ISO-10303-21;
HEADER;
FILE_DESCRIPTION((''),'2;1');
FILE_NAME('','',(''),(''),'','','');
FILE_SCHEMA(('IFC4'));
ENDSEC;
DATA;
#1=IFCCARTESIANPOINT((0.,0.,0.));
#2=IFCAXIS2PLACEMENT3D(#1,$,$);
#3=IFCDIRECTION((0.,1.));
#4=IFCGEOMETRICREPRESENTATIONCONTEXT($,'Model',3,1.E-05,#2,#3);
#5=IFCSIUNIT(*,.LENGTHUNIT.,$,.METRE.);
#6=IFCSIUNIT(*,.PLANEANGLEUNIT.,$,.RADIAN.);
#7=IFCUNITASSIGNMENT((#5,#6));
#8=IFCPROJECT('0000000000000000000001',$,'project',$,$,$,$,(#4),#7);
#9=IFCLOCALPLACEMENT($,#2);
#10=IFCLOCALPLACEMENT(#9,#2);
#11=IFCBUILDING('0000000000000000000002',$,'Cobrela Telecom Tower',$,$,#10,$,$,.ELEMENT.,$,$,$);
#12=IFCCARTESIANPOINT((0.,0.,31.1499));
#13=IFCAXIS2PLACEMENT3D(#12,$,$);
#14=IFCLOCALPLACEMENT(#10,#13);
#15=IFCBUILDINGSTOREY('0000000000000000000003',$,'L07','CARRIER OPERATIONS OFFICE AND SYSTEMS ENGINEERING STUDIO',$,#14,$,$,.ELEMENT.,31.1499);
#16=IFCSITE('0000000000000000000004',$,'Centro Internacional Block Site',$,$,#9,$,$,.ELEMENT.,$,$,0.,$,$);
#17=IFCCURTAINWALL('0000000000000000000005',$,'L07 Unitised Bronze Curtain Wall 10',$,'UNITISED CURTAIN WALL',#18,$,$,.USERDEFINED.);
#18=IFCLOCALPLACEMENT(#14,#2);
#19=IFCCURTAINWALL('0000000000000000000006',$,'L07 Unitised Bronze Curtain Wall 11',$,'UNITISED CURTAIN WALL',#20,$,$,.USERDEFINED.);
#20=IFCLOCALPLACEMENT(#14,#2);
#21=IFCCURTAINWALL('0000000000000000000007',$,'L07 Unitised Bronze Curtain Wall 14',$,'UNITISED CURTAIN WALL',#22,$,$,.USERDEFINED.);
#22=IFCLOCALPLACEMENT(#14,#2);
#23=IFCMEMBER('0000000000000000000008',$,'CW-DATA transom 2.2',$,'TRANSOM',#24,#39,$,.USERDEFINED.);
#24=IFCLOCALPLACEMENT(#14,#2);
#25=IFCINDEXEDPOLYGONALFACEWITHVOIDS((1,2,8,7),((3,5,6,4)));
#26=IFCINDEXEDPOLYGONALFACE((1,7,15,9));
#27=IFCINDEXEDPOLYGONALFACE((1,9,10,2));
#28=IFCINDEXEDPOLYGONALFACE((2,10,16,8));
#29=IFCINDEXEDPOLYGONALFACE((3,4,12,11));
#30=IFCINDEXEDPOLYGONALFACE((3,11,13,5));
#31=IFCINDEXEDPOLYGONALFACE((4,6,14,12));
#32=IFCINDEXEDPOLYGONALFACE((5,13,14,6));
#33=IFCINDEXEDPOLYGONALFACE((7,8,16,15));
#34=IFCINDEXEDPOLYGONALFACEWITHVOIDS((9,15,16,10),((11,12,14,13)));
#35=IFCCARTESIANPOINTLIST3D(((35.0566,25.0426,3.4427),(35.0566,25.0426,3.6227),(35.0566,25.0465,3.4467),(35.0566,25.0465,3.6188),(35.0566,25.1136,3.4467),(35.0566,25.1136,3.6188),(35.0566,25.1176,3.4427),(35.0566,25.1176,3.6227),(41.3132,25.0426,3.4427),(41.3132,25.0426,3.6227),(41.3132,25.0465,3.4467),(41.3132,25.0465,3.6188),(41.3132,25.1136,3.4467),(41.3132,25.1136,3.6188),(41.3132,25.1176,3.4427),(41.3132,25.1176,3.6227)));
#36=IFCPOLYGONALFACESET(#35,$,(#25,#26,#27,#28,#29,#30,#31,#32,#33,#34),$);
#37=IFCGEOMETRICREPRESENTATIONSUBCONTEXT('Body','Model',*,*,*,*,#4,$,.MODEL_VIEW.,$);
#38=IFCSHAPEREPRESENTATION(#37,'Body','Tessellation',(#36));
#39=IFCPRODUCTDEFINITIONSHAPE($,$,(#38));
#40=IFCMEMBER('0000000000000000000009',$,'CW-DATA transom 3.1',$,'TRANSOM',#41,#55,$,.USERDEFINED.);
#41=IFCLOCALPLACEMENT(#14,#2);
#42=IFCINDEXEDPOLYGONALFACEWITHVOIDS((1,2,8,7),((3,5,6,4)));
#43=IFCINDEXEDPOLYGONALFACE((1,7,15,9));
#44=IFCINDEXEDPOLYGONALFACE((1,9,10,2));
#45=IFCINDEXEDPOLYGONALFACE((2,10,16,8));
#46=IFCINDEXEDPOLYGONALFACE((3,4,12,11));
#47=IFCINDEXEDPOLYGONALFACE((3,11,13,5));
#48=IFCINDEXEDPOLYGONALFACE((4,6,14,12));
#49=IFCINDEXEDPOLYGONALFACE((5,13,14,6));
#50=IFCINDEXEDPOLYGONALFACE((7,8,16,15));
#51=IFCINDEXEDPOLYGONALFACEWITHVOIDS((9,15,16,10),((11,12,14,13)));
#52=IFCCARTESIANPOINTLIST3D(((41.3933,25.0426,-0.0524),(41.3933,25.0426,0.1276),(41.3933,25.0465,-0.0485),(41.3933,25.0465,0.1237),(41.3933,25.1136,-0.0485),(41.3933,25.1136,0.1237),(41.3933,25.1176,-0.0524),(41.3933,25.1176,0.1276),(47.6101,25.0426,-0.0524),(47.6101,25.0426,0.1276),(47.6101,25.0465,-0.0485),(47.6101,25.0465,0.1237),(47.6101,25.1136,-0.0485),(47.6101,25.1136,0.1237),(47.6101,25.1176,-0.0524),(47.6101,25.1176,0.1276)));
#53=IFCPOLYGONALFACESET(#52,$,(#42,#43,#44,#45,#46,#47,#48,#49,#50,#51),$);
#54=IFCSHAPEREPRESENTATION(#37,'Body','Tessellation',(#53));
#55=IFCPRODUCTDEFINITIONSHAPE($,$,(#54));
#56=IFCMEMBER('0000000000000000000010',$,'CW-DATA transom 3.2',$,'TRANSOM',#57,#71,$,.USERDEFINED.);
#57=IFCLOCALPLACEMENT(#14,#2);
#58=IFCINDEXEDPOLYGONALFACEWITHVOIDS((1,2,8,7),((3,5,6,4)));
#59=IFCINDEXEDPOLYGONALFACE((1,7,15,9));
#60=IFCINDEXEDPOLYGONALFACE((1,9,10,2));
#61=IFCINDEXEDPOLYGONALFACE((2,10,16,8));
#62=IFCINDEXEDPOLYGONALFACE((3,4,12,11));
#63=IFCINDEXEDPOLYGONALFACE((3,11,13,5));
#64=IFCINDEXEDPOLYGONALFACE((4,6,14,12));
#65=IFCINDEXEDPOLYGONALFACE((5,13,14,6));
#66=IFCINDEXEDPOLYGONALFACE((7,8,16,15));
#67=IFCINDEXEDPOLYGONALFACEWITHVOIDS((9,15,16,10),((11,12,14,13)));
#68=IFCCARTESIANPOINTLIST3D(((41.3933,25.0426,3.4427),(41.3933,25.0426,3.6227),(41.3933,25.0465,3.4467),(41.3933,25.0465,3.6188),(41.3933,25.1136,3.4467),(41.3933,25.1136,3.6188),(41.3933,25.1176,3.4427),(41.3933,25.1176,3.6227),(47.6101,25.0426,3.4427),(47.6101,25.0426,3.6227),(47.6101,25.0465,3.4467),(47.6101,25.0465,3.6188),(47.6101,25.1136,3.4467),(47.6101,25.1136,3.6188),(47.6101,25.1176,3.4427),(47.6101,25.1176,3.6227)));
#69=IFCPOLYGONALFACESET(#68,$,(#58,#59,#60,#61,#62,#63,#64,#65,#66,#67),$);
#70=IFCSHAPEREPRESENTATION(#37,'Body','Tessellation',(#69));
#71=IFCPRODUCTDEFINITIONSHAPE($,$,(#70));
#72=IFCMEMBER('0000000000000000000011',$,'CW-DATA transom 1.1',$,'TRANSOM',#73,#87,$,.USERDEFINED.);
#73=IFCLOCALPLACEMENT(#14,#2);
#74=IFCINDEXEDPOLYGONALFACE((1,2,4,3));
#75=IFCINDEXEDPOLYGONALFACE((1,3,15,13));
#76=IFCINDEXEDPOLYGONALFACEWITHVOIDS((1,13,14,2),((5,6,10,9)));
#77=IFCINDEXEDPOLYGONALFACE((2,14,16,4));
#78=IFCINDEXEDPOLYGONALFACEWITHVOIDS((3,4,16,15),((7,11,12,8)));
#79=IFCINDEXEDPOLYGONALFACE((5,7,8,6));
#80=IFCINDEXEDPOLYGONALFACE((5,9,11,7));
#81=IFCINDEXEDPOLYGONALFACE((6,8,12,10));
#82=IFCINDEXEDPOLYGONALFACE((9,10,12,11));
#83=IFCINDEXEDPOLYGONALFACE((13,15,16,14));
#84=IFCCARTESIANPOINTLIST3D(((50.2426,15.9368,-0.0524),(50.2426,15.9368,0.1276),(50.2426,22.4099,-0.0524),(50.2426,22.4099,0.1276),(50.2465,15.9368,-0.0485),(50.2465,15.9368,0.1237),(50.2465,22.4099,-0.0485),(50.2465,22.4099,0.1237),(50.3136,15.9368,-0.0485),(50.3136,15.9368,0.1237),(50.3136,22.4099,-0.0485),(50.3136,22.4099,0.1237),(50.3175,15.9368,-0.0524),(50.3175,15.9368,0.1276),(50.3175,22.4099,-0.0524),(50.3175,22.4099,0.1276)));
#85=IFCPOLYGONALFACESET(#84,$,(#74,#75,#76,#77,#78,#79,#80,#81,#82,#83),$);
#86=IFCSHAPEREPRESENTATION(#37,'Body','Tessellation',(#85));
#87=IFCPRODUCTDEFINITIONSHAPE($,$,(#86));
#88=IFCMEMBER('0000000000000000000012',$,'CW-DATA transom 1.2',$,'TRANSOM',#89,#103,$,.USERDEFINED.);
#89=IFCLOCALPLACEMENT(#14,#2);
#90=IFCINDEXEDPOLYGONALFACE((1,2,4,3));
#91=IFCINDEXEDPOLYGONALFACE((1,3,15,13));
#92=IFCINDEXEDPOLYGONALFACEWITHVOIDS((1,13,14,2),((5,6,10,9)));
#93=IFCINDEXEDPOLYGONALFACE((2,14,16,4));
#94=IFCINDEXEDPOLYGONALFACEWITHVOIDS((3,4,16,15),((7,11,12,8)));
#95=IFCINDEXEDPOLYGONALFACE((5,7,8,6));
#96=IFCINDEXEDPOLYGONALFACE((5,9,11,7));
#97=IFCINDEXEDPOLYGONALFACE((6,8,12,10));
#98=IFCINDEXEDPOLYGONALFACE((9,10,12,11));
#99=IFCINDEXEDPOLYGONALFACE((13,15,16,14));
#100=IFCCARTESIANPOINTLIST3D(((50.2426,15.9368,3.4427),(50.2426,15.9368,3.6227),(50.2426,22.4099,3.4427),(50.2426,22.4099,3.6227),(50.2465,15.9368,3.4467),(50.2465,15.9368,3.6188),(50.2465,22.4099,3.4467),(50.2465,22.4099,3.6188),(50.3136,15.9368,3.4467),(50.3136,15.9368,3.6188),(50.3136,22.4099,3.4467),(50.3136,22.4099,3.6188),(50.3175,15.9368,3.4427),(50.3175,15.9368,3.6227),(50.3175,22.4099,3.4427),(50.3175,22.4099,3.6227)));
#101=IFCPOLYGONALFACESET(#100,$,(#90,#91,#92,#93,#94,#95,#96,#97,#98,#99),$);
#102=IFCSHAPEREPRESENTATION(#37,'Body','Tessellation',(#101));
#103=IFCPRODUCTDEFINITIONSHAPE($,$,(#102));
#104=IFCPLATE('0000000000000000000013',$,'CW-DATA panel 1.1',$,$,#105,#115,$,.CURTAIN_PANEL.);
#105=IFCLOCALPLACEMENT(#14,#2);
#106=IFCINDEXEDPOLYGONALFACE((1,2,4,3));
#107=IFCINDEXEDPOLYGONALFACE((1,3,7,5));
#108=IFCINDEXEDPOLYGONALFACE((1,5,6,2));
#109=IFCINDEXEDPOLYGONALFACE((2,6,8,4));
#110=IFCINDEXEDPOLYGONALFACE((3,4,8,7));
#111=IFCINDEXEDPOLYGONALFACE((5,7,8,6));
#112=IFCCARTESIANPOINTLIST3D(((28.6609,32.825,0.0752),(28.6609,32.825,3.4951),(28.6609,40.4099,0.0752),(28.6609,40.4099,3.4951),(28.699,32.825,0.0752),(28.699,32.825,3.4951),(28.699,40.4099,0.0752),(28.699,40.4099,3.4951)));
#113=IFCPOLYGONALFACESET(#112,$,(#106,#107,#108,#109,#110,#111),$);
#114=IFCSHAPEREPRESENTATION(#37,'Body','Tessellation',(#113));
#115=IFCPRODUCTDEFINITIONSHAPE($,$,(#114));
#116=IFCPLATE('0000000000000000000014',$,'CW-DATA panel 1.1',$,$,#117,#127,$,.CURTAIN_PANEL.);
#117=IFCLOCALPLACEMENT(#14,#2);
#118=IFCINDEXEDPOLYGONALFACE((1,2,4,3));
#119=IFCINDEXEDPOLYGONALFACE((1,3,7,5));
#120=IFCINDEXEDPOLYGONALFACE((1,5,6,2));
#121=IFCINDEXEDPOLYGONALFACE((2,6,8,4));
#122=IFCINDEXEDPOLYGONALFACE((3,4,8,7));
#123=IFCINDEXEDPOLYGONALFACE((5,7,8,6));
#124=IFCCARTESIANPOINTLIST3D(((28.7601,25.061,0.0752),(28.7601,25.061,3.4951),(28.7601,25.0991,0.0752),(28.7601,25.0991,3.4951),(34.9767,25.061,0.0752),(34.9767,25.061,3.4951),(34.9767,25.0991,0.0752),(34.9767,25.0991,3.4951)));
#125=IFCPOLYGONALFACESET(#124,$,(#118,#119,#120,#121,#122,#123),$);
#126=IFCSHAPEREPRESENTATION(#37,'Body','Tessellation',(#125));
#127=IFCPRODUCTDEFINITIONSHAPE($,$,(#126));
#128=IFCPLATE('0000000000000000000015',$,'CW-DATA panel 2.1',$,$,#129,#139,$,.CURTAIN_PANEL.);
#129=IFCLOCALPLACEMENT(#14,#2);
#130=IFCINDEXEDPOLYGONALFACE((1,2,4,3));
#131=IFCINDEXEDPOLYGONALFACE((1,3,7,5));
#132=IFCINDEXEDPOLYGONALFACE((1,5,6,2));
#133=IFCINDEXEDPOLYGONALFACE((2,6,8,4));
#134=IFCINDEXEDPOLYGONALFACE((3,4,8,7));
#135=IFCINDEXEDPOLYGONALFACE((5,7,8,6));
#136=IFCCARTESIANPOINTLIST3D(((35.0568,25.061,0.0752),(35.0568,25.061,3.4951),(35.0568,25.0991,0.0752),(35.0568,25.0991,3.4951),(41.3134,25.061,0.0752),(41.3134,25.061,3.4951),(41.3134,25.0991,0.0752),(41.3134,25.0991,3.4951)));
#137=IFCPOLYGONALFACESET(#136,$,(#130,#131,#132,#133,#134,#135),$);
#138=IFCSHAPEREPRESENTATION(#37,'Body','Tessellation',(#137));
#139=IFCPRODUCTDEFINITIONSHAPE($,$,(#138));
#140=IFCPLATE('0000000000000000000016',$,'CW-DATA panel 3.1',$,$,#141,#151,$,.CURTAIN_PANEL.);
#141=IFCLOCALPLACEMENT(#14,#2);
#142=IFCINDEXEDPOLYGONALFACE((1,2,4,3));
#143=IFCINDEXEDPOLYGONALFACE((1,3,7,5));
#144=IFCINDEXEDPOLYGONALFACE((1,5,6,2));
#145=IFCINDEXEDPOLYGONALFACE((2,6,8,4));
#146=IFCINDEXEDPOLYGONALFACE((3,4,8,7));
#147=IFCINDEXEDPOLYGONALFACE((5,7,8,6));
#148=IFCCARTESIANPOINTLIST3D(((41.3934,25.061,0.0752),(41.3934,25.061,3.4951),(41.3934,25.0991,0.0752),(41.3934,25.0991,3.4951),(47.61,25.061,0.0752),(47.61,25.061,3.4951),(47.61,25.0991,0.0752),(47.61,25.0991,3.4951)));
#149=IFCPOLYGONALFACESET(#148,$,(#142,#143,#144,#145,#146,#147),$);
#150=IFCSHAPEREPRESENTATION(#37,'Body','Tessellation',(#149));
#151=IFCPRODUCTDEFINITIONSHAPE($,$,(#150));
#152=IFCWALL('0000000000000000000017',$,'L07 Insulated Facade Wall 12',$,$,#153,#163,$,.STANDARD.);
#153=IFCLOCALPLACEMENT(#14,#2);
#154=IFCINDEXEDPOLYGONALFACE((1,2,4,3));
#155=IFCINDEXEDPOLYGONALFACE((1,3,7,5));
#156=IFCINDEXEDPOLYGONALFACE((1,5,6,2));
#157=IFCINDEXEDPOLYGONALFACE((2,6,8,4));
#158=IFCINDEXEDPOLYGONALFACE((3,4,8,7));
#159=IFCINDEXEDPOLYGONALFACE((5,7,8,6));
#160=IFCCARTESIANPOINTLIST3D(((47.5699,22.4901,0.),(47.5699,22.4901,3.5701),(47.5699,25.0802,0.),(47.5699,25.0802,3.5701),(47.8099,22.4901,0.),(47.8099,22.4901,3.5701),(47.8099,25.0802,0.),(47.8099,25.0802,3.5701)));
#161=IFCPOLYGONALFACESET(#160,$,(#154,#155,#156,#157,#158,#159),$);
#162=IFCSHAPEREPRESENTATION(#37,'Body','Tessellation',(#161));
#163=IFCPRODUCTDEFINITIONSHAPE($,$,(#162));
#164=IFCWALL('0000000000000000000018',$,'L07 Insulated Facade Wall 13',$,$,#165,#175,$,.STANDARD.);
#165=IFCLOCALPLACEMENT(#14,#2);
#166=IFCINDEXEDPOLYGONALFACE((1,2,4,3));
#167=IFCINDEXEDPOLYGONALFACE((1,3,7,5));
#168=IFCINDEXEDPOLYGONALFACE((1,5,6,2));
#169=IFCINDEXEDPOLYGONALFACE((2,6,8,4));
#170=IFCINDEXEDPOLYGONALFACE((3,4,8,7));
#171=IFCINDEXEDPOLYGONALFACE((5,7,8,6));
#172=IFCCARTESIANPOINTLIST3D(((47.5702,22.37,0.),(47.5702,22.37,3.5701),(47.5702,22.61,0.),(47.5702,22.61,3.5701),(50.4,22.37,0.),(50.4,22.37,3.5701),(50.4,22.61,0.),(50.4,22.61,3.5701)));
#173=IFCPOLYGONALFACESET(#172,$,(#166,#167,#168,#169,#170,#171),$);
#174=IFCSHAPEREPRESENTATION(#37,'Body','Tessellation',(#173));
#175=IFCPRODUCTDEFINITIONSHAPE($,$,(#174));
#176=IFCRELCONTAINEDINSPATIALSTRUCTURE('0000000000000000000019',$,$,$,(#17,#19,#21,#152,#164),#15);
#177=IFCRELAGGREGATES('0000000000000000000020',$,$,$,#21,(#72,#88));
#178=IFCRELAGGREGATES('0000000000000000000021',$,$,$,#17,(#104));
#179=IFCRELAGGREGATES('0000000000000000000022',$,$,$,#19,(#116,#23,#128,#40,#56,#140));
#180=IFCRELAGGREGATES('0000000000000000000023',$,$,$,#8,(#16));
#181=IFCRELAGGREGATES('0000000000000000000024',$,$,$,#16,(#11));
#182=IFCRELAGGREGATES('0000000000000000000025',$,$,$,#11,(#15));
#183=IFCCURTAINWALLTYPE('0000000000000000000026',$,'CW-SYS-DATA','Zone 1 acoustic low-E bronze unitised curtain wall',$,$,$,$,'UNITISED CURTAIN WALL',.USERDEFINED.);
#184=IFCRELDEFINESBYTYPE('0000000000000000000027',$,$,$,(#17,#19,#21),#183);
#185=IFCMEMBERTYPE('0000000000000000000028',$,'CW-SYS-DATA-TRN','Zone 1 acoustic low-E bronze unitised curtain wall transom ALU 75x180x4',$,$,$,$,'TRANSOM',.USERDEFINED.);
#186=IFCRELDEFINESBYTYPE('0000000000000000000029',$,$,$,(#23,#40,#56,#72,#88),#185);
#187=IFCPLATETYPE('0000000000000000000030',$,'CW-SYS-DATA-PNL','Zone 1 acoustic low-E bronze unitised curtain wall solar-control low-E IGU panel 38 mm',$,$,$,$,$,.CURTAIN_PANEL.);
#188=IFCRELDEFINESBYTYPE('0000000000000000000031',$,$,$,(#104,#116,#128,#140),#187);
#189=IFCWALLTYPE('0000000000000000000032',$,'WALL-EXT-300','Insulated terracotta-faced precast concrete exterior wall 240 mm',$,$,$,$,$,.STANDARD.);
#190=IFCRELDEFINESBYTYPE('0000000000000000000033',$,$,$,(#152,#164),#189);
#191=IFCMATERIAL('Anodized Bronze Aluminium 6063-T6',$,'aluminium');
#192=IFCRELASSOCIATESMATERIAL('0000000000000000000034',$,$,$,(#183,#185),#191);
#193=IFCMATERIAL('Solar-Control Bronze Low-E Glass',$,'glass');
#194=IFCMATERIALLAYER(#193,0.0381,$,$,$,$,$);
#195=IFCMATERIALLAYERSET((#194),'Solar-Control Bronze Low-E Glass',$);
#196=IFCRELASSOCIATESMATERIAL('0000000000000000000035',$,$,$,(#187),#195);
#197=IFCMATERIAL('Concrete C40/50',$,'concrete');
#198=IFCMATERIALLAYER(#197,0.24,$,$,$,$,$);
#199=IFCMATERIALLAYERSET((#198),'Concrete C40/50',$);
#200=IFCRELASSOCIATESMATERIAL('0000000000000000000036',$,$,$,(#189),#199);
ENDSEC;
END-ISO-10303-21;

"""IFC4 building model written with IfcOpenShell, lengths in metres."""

from ifc_helpers import new_model, si_unit, direction, frame, frame_2d, origin, origin_2d, place, context, subcontext, project, spatial, rectangle, hollow_rectangle, extrude, material, layer, layer_set, material_profile, profile_set, type_object, element, aggregate, save


model = new_model("IFC4")

# Units and contexts
model_context = context("Model", 3, precision=1e-05, world=origin(), true_north=direction((0.0, 1.0)))
body_context = subcontext(model_context, "Body", "Model", "MODEL_VIEW")
ifc_project = project(units=[si_unit("LENGTHUNIT", "METRE"), si_unit("PLANEANGLEUNIT", "RADIAN")], contexts=[model_context])

# Site, building, storey
site_placement = place(None, origin())
site = spatial("IfcSite", under=ifc_project, at=site_placement, Name="Centro Internacional Block Site", CompositionType="ELEMENT", RefElevation=0.0)
building_placement = place(site_placement, origin())
building = spatial("IfcBuilding", under=site, at=building_placement, Name="Cobrela Telecom Tower", CompositionType="ELEMENT")
storey_placement = place(building_placement, frame((0.0, 0.0, 31.1499)))
storey = spatial("IfcBuildingStorey", under=building, at=storey_placement, Name="L07", Description="CARRIER OPERATIONS OFFICE AND SYSTEMS ENGINEERING STUDIO", CompositionType="ELEMENT", Elevation=31.1499)

# Curtain wall
ifc_material_1 = material(Name="Anodized Bronze Aluminium 6063-T6", Category="aluminium")
curtain_wall_type = type_object("IfcCurtainWallType", Name="CW-SYS-DATA", Description="Zone 1 acoustic low-E bronze unitised curtain wall", ElementType="UNITISED CURTAIN WALL", PredefinedType="USERDEFINED", material=ifc_material_1)
curtain_wall_1_placement = place(storey_placement, origin())
curtain_wall_1 = element("IfcCurtainWall", 1, at=curtain_wall_1_placement, inside=storey, type_object=curtain_wall_type, Name="L07 Unitised Bronze Curtain Wall 10", ObjectType="UNITISED CURTAIN WALL", PredefinedType="USERDEFINED")

# Curtain wall
curtain_wall_2_placement = place(storey_placement, origin())
curtain_wall_2 = element("IfcCurtainWall", 2, at=curtain_wall_2_placement, inside=storey, type_object=curtain_wall_type, Name="L07 Unitised Bronze Curtain Wall 11", ObjectType="UNITISED CURTAIN WALL", PredefinedType="USERDEFINED")

# Curtain wall
curtain_wall_3_placement = place(storey_placement, origin())
curtain_wall_3 = element("IfcCurtainWall", 3, at=curtain_wall_3_placement, inside=storey, type_object=curtain_wall_type, Name="L07 Unitised Bronze Curtain Wall 14", ObjectType="UNITISED CURTAIN WALL", PredefinedType="USERDEFINED")

# Members
ifc_material_profile_1 = material_profile(ifc_material_1, hollow_rectangle(XDim=0.075, YDim=0.1799, WallThickness=0.0039, at=origin_2d()), Name="ALU 75x180x4")
ifc_profile_set_1 = profile_set([ifc_material_profile_1], Name="Anodized Bronze Aluminium 6063-T6")
member_type_1 = type_object("IfcMemberType", Name="CW-SYS-DATA-TRN", Description="Zone 1 acoustic low-E bronze unitised curtain wall transom ALU 75x180x4", ElementType="TRANSOM", PredefinedType="USERDEFINED", material=ifc_profile_set_1)
member_1_placement = place(storey_placement, frame((35.0566, 25.0801, 3.5327), z_axis=(1.0, 0.0, 0.0), x_axis=(0.0, 1.0, 0.0)))
member_1 = element("IfcMember", 4, at=member_1_placement, type_object=member_type_1, Name="CW-DATA transom 2.2", ObjectType="TRANSOM", PredefinedType="USERDEFINED", context=body_context, shape_type="SweptSolid", body=[
    extrude(hollow_rectangle(XDim=0.075, YDim=0.1799, WallThickness=0.0039, at=origin_2d()), origin(), (0.0, 0.0, 1.0), 6.2566),
])
member_2_placement = place(storey_placement, frame((41.3933, 25.0801, 0.0376), z_axis=(1.0, 0.0, 0.0), x_axis=(0.0, 1.0, 0.0)))
member_2 = element("IfcMember", 5, at=member_2_placement, type_object=member_type_1, Name="CW-DATA transom 3.1", ObjectType="TRANSOM", PredefinedType="USERDEFINED", context=body_context, shape_type="SweptSolid", body=[
    extrude(hollow_rectangle(XDim=0.075, YDim=0.1799, WallThickness=0.0039, at=origin_2d()), origin(), (0.0, 0.0, 1.0), 6.2168),
])
member_3_placement = place(storey_placement, frame((41.3933, 25.0801, 3.5327), z_axis=(1.0, 0.0, 0.0), x_axis=(0.0, 1.0, 0.0)))
member_3 = element("IfcMember", 6, at=member_3_placement, type_object=member_type_1, Name="CW-DATA transom 3.2", ObjectType="TRANSOM", PredefinedType="USERDEFINED", context=body_context, shape_type="SweptSolid", body=[
    extrude(hollow_rectangle(XDim=0.075, YDim=0.1799, WallThickness=0.0039, at=origin_2d()), origin(), (0.0, 0.0, 1.0), 6.2168),
])
member_4_placement = place(storey_placement, frame((50.28, 22.4099, 0.0376), z_axis=(0.0, -1.0, 0.0), x_axis=(1.0, 0.0, 0.0)))
member_4 = element("IfcMember", 7, at=member_4_placement, type_object=member_type_1, Name="CW-DATA transom 1.1", ObjectType="TRANSOM", PredefinedType="USERDEFINED", context=body_context, shape_type="SweptSolid", body=[
    extrude(hollow_rectangle(XDim=0.075, YDim=0.1799, WallThickness=0.0039, at=origin_2d()), origin(), (0.0, 0.0, 1.0), 6.4731),
])
member_5_placement = place(storey_placement, frame((50.28, 22.4099, 3.5327), z_axis=(0.0, -1.0, 0.0), x_axis=(1.0, 0.0, 0.0)))
member_5 = element("IfcMember", 8, at=member_5_placement, type_object=member_type_1, Name="CW-DATA transom 1.2", ObjectType="TRANSOM", PredefinedType="USERDEFINED", context=body_context, shape_type="SweptSolid", body=[
    extrude(hollow_rectangle(XDim=0.075, YDim=0.1799, WallThickness=0.0039, at=origin_2d()), origin(), (0.0, 0.0, 1.0), 6.4731),
])
aggregate(curtain_wall_3, [member_4, member_5])

# Plates
ifc_material_2 = material(Name="Solar-Control Bronze Low-E Glass", Category="glass")
ifc_layer_1 = layer(ifc_material_2, 0.0381)
ifc_layer_set_1 = layer_set([ifc_layer_1], Name="Solar-Control Bronze Low-E Glass")
plate_type = type_object("IfcPlateType", Name="CW-SYS-DATA-PNL", Description="Zone 1 acoustic low-E bronze unitised curtain wall solar-control low-E IGU panel 38 mm", PredefinedType="CURTAIN_PANEL", material=ifc_layer_set_1)
plate_1_placement = place(storey_placement, frame((28.6799, 36.6174, 0.0752), z_axis=(0.0, 0.0, 1.0), x_axis=(0.0, -1.0, 0.0)))
plate_1 = element("IfcPlate", 9, at=plate_1_placement, type_object=plate_type, Name="CW-DATA panel 1.1", PredefinedType="CURTAIN_PANEL", context=body_context, shape_type="SweptSolid", body=[
    extrude(rectangle(XDim=7.585, YDim=0.0381, at=origin_2d()), origin(), (0.0, 0.0, 1.0), 3.4199),
])
aggregate(curtain_wall_1, [plate_1])
plate_2_placement = place(storey_placement, frame((31.8684, 25.0801, 0.0752), z_axis=(0.0, 0.0, 1.0), x_axis=(1.0, 0.0, 0.0)))
plate_2 = element("IfcPlate", 10, at=plate_2_placement, type_object=plate_type, Name="CW-DATA panel 1.1", PredefinedType="CURTAIN_PANEL", context=body_context, shape_type="SweptSolid", body=[
    extrude(rectangle(XDim=6.2166, YDim=0.0381, at=origin_2d()), origin(), (0.0, 0.0, 1.0), 3.4199),
])
plate_3_placement = place(storey_placement, frame((38.1851, 25.0801, 0.0752), z_axis=(0.0, 0.0, 1.0), x_axis=(1.0, 0.0, 0.0)))
plate_3 = element("IfcPlate", 11, at=plate_3_placement, type_object=plate_type, Name="CW-DATA panel 2.1", PredefinedType="CURTAIN_PANEL", context=body_context, shape_type="SweptSolid", body=[
    extrude(rectangle(XDim=6.2566, YDim=0.0381, at=origin_2d()), origin(), (0.0, 0.0, 1.0), 3.4199),
])
plate_4_placement = place(storey_placement, frame((44.5017, 25.0801, 0.0752), z_axis=(0.0, 0.0, 1.0), x_axis=(1.0, 0.0, 0.0)))
plate_4 = element("IfcPlate", 12, at=plate_4_placement, type_object=plate_type, Name="CW-DATA panel 3.1", PredefinedType="CURTAIN_PANEL", context=body_context, shape_type="SweptSolid", body=[
    extrude(rectangle(XDim=6.2166, YDim=0.0381, at=origin_2d()), origin(), (0.0, 0.0, 1.0), 3.4199),
])
aggregate(curtain_wall_2, [plate_2, member_1, plate_3, member_2, member_3, plate_4])

# Walls
ifc_material_3 = material(Name="Concrete C40/50", Category="concrete")
ifc_layer_2 = layer(ifc_material_3, 0.24)
ifc_layer_set_2 = layer_set([ifc_layer_2], Name="Concrete C40/50")
wall_type = type_object("IfcWallType", Name="WALL-EXT-300", Description="Insulated terracotta-faced precast concrete exterior wall 240 mm", PredefinedType="STANDARD", material=ifc_layer_set_2)
wall_1_placement = place(storey_placement, frame((47.6899, 25.0801, 0.0), z_axis=(0.0, 0.0, 1.0), x_axis=(0.0, -1.0, 0.0)))
element("IfcWall", 13, at=wall_1_placement, inside=storey, type_object=wall_type, Name="L07 Insulated Facade Wall 12", PredefinedType="STANDARD", context=body_context, shape_type="SweptSolid", body=[
    extrude(rectangle(XDim=2.5901, YDim=0.24, at=frame_2d((1.2949, 0.0))), origin(), (0.0, 0.0, 1.0), 3.5701),
])
wall_2_placement = place(storey_placement, frame((47.5701, 22.49, 0.0), z_axis=(0.0, 0.0, 1.0), x_axis=(1.0, 0.0, 0.0)))
element("IfcWall", 14, at=wall_2_placement, inside=storey, type_object=wall_type, Name="L07 Insulated Facade Wall 13", PredefinedType="STANDARD", context=body_context, shape_type="SweptSolid", body=[
    extrude(rectangle(XDim=2.8298, YDim=0.24, at=frame_2d((1.415, 0.0))), origin(), (0.0, 0.0, 1.0), 3.5701),
])

save(model, "model.ifc")
